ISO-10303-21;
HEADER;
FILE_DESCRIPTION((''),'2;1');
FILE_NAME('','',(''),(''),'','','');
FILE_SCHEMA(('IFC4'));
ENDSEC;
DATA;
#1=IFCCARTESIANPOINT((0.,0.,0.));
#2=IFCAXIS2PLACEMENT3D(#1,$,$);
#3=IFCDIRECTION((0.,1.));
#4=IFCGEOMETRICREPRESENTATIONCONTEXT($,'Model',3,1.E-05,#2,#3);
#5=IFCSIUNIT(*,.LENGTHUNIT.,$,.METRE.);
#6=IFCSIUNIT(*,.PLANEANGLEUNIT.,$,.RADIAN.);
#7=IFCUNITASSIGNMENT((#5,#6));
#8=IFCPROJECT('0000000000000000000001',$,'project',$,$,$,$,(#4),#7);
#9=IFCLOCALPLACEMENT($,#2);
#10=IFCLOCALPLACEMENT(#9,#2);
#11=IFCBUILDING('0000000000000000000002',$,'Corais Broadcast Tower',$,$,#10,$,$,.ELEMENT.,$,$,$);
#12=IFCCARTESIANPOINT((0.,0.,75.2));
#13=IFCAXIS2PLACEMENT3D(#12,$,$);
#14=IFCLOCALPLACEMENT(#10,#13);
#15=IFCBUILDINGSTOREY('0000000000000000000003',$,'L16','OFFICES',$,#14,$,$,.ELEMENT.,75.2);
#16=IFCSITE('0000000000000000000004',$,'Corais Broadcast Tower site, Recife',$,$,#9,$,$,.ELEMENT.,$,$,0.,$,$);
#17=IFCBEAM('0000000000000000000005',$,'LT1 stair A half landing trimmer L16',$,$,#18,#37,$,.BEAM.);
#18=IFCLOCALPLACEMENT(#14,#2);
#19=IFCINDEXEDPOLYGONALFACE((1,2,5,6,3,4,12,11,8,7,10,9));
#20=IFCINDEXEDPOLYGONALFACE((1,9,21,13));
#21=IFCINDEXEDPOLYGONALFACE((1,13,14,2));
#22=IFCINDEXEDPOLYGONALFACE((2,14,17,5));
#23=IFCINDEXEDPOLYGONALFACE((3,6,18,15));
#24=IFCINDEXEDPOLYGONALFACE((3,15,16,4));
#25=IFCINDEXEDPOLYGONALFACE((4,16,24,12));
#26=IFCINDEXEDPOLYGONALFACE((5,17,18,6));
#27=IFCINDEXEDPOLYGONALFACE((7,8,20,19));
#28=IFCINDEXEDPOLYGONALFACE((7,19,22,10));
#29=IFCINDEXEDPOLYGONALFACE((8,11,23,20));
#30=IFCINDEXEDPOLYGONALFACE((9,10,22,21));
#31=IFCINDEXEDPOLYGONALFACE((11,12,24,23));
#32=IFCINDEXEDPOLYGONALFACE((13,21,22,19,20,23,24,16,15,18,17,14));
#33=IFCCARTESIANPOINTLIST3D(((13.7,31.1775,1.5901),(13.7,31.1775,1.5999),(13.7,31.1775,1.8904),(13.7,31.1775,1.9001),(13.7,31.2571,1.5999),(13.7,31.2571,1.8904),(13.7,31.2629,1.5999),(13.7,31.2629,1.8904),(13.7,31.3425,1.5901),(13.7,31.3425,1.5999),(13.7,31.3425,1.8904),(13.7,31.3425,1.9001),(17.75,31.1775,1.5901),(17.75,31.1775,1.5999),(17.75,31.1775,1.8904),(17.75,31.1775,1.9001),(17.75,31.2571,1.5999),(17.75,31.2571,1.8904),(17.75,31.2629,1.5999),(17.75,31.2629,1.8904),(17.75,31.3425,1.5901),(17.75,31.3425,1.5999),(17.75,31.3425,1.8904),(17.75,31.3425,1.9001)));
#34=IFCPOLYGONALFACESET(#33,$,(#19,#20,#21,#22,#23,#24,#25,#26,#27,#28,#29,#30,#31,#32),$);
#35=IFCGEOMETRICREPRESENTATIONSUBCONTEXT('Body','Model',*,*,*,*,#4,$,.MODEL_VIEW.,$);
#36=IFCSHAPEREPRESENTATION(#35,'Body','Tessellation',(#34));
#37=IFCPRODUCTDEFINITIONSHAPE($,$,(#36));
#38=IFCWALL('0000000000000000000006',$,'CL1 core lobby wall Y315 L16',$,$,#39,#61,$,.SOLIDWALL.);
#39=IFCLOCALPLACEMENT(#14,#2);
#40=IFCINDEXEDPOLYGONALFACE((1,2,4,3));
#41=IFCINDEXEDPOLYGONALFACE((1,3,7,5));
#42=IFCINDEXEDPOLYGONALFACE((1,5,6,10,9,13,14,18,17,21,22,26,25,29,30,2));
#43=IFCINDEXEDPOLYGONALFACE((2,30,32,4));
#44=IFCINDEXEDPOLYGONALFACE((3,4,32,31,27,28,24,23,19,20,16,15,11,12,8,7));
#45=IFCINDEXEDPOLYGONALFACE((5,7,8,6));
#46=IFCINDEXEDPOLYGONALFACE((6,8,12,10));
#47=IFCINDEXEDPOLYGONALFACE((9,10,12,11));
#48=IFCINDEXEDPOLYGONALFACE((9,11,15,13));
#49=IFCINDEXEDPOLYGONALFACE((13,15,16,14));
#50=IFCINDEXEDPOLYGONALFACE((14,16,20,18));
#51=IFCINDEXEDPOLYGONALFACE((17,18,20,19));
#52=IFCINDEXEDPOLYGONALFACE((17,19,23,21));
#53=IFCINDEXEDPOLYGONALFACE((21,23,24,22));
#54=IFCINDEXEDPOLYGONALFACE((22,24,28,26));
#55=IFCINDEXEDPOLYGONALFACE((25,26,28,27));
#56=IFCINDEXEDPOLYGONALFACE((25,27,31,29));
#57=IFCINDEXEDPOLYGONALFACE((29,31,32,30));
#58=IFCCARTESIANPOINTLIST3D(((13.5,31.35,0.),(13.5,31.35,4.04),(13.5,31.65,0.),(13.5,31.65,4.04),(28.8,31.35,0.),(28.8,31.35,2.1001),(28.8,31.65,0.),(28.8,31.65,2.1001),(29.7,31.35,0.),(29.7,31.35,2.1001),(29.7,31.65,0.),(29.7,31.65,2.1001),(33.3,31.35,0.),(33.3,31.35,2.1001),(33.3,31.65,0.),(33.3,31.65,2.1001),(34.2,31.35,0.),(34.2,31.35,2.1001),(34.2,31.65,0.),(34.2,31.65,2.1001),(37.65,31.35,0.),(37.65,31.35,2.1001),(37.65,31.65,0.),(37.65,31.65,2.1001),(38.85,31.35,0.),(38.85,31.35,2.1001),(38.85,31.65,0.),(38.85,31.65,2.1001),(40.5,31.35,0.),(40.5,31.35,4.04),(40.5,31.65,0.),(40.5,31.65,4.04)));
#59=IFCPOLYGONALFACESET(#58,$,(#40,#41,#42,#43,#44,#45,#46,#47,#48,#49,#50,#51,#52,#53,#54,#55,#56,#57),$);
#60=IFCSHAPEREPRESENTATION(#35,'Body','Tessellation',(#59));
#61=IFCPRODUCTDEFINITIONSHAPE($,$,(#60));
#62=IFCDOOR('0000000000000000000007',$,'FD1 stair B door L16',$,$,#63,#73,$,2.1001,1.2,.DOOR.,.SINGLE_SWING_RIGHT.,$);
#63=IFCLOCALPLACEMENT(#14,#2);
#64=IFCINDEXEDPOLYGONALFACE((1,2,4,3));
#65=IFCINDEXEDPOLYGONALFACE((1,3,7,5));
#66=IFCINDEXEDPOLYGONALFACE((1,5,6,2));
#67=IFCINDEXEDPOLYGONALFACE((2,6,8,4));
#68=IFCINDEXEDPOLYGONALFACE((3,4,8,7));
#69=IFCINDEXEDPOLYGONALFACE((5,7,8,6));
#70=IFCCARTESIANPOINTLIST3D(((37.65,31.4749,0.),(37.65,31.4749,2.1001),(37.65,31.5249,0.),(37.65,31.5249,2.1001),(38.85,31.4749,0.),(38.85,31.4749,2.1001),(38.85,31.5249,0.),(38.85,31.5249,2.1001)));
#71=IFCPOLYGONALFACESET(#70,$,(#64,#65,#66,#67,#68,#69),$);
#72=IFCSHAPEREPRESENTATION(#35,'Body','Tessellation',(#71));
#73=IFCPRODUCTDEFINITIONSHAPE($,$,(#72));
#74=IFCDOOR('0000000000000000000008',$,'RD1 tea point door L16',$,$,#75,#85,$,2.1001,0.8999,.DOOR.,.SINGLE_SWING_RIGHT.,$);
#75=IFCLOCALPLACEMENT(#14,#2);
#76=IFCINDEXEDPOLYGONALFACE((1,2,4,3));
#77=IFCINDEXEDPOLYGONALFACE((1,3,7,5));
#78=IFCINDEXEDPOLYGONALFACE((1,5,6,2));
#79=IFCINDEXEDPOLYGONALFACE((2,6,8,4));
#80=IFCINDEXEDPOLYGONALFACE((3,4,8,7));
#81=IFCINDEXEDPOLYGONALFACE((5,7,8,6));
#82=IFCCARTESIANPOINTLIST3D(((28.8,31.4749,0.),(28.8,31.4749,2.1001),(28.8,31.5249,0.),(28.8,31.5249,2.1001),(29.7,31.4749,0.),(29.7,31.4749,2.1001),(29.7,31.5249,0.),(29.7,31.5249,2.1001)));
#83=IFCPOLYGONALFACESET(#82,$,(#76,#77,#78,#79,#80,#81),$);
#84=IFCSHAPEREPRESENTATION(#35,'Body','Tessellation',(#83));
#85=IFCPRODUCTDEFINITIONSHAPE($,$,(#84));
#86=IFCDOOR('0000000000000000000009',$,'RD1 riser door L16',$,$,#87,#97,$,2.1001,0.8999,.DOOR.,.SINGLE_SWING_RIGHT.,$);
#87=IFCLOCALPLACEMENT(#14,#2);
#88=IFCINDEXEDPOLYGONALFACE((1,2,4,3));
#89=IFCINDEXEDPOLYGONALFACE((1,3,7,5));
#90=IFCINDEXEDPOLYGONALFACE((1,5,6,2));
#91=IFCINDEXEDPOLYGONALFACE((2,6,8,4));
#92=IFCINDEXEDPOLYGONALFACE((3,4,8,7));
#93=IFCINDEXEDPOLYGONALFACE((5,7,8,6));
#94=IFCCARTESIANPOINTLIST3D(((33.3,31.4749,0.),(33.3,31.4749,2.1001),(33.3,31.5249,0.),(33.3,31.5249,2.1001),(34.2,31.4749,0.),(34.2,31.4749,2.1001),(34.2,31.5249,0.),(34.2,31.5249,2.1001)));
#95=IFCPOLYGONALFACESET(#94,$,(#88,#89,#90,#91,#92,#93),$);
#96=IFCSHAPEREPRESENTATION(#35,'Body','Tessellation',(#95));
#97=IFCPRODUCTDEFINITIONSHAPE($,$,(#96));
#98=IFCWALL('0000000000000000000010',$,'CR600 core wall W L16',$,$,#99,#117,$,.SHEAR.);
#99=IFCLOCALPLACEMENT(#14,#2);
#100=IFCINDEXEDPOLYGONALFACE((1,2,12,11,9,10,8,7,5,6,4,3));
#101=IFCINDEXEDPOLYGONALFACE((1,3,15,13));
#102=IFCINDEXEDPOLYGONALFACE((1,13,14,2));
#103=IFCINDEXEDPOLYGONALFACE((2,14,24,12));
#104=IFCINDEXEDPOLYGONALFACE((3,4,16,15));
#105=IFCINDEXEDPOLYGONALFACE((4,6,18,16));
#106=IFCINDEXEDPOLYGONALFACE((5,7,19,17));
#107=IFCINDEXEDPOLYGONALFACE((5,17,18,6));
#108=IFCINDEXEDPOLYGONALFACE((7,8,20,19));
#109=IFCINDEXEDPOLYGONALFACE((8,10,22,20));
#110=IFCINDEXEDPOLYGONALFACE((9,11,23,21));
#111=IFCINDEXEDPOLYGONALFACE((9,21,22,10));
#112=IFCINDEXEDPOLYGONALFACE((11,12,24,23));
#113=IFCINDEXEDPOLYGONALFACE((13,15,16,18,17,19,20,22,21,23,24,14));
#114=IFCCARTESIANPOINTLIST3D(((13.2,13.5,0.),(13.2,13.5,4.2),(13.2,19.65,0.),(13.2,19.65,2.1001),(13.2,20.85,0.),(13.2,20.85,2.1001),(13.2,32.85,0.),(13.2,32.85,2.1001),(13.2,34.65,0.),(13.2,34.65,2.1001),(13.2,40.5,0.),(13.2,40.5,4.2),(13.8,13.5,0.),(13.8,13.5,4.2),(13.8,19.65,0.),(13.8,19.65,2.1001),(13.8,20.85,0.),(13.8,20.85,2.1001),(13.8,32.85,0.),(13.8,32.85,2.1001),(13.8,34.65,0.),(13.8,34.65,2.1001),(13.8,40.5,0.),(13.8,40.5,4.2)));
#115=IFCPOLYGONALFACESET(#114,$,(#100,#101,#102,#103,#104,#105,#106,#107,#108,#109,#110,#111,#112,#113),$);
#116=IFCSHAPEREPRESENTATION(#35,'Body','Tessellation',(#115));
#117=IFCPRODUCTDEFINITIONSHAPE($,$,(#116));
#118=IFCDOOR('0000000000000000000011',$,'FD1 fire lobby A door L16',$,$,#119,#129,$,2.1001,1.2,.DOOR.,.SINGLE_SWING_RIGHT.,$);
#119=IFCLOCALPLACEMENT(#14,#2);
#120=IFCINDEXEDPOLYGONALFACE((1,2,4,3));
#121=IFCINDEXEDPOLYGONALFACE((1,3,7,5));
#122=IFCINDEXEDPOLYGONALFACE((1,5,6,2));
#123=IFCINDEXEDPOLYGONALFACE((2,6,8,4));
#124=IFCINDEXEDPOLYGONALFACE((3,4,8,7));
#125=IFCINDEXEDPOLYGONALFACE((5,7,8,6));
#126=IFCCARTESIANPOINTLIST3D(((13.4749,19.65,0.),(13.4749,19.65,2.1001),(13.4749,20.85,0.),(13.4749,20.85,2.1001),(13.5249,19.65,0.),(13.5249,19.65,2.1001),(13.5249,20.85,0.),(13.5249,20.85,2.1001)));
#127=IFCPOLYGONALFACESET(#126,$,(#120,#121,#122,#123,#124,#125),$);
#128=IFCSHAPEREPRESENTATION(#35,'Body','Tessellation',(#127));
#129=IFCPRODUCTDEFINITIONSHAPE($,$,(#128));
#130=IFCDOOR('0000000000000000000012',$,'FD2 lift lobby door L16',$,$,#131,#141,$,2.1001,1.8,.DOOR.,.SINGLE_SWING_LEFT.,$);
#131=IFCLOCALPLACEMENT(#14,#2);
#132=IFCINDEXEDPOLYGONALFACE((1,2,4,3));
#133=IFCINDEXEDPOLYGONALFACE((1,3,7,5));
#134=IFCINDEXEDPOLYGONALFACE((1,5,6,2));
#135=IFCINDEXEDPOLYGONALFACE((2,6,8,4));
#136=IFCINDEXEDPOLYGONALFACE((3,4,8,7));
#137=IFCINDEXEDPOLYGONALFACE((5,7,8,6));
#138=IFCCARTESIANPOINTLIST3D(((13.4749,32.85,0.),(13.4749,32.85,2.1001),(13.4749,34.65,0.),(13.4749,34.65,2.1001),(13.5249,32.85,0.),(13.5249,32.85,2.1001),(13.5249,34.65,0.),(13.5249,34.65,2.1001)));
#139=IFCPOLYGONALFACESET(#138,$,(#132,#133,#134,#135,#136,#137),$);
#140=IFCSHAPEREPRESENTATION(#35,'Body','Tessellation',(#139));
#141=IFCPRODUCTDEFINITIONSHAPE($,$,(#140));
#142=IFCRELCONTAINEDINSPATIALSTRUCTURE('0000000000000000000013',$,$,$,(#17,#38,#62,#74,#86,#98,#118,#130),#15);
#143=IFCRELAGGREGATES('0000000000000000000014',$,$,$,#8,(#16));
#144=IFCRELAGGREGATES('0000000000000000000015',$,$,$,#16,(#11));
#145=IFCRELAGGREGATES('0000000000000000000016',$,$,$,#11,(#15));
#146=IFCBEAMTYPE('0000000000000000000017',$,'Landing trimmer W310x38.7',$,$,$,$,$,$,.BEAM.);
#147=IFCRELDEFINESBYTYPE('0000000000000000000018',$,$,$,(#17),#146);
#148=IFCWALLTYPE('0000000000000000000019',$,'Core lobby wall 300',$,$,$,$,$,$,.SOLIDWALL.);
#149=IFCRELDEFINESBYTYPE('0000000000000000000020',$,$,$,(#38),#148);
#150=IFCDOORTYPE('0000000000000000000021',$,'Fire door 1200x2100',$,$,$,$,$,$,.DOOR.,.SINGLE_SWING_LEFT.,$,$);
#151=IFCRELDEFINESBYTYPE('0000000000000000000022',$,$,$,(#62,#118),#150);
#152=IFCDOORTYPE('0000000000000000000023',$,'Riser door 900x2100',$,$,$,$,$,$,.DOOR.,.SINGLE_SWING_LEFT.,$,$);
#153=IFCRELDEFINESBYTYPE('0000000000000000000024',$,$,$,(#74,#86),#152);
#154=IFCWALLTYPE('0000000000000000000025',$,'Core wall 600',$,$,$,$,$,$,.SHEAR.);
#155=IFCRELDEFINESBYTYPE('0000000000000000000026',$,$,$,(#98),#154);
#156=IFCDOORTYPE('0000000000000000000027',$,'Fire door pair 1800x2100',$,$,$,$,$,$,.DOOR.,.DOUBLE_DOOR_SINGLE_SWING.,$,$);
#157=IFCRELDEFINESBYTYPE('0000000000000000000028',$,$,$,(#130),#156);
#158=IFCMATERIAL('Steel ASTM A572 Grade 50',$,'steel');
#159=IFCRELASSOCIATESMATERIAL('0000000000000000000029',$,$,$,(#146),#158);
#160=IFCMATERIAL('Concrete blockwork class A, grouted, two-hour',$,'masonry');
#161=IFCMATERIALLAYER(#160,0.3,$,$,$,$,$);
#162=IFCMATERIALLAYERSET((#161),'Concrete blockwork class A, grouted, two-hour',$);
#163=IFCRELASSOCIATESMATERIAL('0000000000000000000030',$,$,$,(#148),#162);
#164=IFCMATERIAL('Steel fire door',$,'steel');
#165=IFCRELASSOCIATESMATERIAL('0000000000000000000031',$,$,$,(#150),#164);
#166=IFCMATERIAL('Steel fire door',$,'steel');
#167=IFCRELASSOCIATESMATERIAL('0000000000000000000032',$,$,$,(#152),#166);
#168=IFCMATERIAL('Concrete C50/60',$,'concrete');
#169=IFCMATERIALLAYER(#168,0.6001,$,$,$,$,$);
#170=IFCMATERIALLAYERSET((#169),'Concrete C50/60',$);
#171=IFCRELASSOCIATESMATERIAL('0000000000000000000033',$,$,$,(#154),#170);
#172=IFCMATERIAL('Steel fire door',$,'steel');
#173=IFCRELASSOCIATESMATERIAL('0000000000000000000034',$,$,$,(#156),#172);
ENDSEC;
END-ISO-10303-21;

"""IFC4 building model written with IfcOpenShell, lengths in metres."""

from ifc_helpers import new_model, si_unit, direction, frame, frame_2d, origin, origin_2d, place, context, subcontext, project, spatial, rectangle, i_section, extrude, material, layer, layer_set, material_profile, profile_set, type_object, element, fill, save


model = new_model("IFC4")

# Units and contexts
model_context = context("Model", 3, precision=1e-05, world=origin(), true_north=direction((0.0, 1.0)))
body_context = subcontext(model_context, "Body", "Model", "MODEL_VIEW")
ifc_project = project(units=[si_unit("LENGTHUNIT", "METRE"), si_unit("PLANEANGLEUNIT", "RADIAN")], contexts=[model_context])

# Site, building, storey
site_placement = place(None, origin())
site = spatial("IfcSite", under=ifc_project, at=site_placement, Name="Corais Broadcast Tower site, Recife", CompositionType="ELEMENT", RefElevation=0.0)
building_placement = place(site_placement, origin())
building = spatial("IfcBuilding", under=site, at=building_placement, Name="Corais Broadcast Tower", CompositionType="ELEMENT")
storey_placement = place(building_placement, frame((0.0, 0.0, 75.2)))
storey = spatial("IfcBuildingStorey", under=building, at=storey_placement, Name="L16", Description="OFFICES", CompositionType="ELEMENT", Elevation=75.2)

# Beam
ifc_material_1 = material(Name="Steel ASTM A572 Grade 50", Category="steel")
ifc_material_profile = material_profile(ifc_material_1, i_section(OverallWidth=0.165, OverallDepth=0.3101, WebThickness=0.0059, FlangeThickness=0.0098, at=origin_2d()), Name="W310x38.7")
ifc_profile_set = profile_set([ifc_material_profile], Name="Steel ASTM A572 Grade 50")
beam_type = type_object("IfcBeamType", Name="Landing trimmer W310x38.7", PredefinedType="BEAM", material=ifc_profile_set)
beam_placement = place(storey_placement, frame((13.7, 31.26, 1.7451), z_axis=(1.0, 0.0, 0.0), x_axis=(0.0, 1.0, 0.0)))
element("IfcBeam", 1, at=beam_placement, inside=storey, type_object=beam_type, Name="LT1 stair A half landing trimmer L16", PredefinedType="BEAM", context=body_context, shape_type="SweptSolid", body=[
    extrude(i_section(OverallWidth=0.165, OverallDepth=0.3101, WebThickness=0.0059, FlangeThickness=0.0098, at=origin_2d()), origin(), (0.0, 0.0, 1.0), 4.05),
])

# Walls, openings, doors
ifc_material_2 = material(Name="Concrete blockwork class A, grouted, two-hour", Category="masonry")
ifc_layer_1 = layer(ifc_material_2, 0.3)
ifc_layer_set_1 = layer_set([ifc_layer_1], Name="Concrete blockwork class A, grouted, two-hour")
wall_type_1 = type_object("IfcWallType", Name="Core lobby wall 300", PredefinedType="SOLIDWALL", material=ifc_layer_set_1)
wall_1_placement = place(storey_placement, frame((13.5, 31.5, 0.0), z_axis=(0.0, 0.0, 1.0), x_axis=(1.0, 0.0, 0.0)))
wall_1 = element("IfcWall", 2, at=wall_1_placement, inside=storey, type_object=wall_type_1, Name="CL1 core lobby wall Y315 L16", PredefinedType="SOLIDWALL", context=body_context, shape_type="SweptSolid", body=[
    extrude(rectangle(XDim=27.0, YDim=0.3, at=frame_2d((13.5, 0.0))), origin(), (0.0, 0.0, 1.0), 4.04),
])
opening_1_placement = place(wall_1_placement, frame((24.1499, 0.0, 0.0)))
opening_1 = element("IfcOpeningElement", 3, at=opening_1_placement, cuts=wall_1, PredefinedType="OPENING", context=body_context, shape_type="SweptSolid", body=[
    extrude(rectangle(XDim=1.2, YDim=2.1001, at=frame_2d((0.6001, 1.05))), frame((0.0, 0.1599, 0.0), z_axis=(0.0, -1.0, 0.0), x_axis=(1.0, 0.0, 0.0)), (0.0, 0.0, 1.0), 0.3201),
])
opening_2_placement = place(wall_1_placement, frame((15.3, 0.0, 0.0)))
opening_2 = element("IfcOpeningElement", 4, at=opening_2_placement, cuts=wall_1, PredefinedType="OPENING", context=body_context, shape_type="SweptSolid", body=[
    extrude(rectangle(XDim=0.8999, YDim=2.1001, at=frame_2d((0.45, 1.05))), frame((0.0, 0.1599, 0.0), z_axis=(0.0, -1.0, 0.0), x_axis=(1.0, 0.0, 0.0)), (0.0, 0.0, 1.0), 0.3201),
])
opening_3_placement = place(wall_1_placement, frame((19.8, 0.0, 0.0)))
opening_3 = element("IfcOpeningElement", 5, at=opening_3_placement, cuts=wall_1, PredefinedType="OPENING", context=body_context, shape_type="SweptSolid", body=[
    extrude(rectangle(XDim=0.8999, YDim=2.1001, at=frame_2d((0.45, 1.05))), frame((0.0, 0.1599, 0.0), z_axis=(0.0, -1.0, 0.0), x_axis=(1.0, 0.0, 0.0)), (0.0, 0.0, 1.0), 0.3201),
])
ifc_material_3 = material(Name="Steel fire door", Category="steel")
door_type_1 = type_object("IfcDoorType", Name="Fire door 1200x2100", OperationType="SINGLE_SWING_LEFT", PredefinedType="DOOR", material=ifc_material_3)
door_1_placement = place(opening_1_placement, origin())
door_1 = element("IfcDoor", 6, at=door_1_placement, inside=storey, type_object=door_type_1, Name="FD1 stair B door L16", OperationType="SINGLE_SWING_RIGHT", OverallHeight=2.1001, OverallWidth=1.2, PredefinedType="DOOR", context=body_context, shape_type="SweptSolid", body=[
    extrude(rectangle(XDim=1.2, YDim=2.1001, at=frame_2d((0.6001, 1.05))), frame((0.0, 0.0249, 0.0), z_axis=(0.0, -1.0, 0.0), x_axis=(1.0, 0.0, 0.0)), (0.0, 0.0, 1.0), 0.05),
])
fill(opening_1, door_1)
ifc_material_4 = material(Name="Steel fire door", Category="steel")
door_type_2 = type_object("IfcDoorType", Name="Riser door 900x2100", OperationType="SINGLE_SWING_LEFT", PredefinedType="DOOR", material=ifc_material_4)
door_2_placement = place(opening_2_placement, origin())
door_2 = element("IfcDoor", 7, at=door_2_placement, inside=storey, type_object=door_type_2, Name="RD1 tea point door L16", OperationType="SINGLE_SWING_RIGHT", OverallHeight=2.1001, OverallWidth=0.8999, PredefinedType="DOOR", context=body_context, shape_type="SweptSolid", body=[
    extrude(rectangle(XDim=0.8999, YDim=2.1001, at=frame_2d((0.45, 1.05))), frame((0.0, 0.0249, 0.0), z_axis=(0.0, -1.0, 0.0), x_axis=(1.0, 0.0, 0.0)), (0.0, 0.0, 1.0), 0.05),
])
fill(opening_2, door_2)
door_3_placement = place(opening_3_placement, origin())
door_3 = element("IfcDoor", 8, at=door_3_placement, inside=storey, type_object=door_type_2, Name="RD1 riser door L16", OperationType="SINGLE_SWING_RIGHT", OverallHeight=2.1001, OverallWidth=0.8999, PredefinedType="DOOR", context=body_context, shape_type="SweptSolid", body=[
    extrude(rectangle(XDim=0.8999, YDim=2.1001, at=frame_2d((0.45, 1.05))), frame((0.0, 0.0249, 0.0), z_axis=(0.0, -1.0, 0.0), x_axis=(1.0, 0.0, 0.0)), (0.0, 0.0, 1.0), 0.05),
])
fill(opening_3, door_3)
ifc_material_5 = material(Name="Concrete C50/60", Category="concrete")
ifc_layer_2 = layer(ifc_material_5, 0.6001)
ifc_layer_set_2 = layer_set([ifc_layer_2], Name="Concrete C50/60")
wall_type_2 = type_object("IfcWallType", Name="Core wall 600", PredefinedType="SHEAR", material=ifc_layer_set_2)
wall_2_placement = place(storey_placement, frame((13.5, 40.5, 0.0), z_axis=(0.0, 0.0, 1.0), x_axis=(0.0, -1.0, 0.0)))
wall_2 = element("IfcWall", 9, at=wall_2_placement, inside=storey, type_object=wall_type_2, Name="CR600 core wall W L16", PredefinedType="SHEAR", context=body_context, shape_type="SweptSolid", body=[
    extrude(rectangle(XDim=27.0, YDim=0.6001, at=frame_2d((13.5, 0.0))), origin(), (0.0, 0.0, 1.0), 4.2),
])
opening_4_placement = place(wall_2_placement, frame((19.6499, 0.0, 0.0)))
opening_4 = element("IfcOpeningElement", 10, at=opening_4_placement, cuts=wall_2, PredefinedType="OPENING", context=body_context, shape_type="SweptSolid", body=[
    extrude(rectangle(XDim=1.2, YDim=2.1001, at=frame_2d((0.6001, 1.05))), frame((0.0, 0.3101, 0.0), z_axis=(0.0, -1.0, 0.0), x_axis=(1.0, 0.0, 0.0)), (0.0, 0.0, 1.0), 0.6201),
])
opening_5_placement = place(wall_2_placement, frame((5.8501, 0.0, 0.0)))
opening_5 = element("IfcOpeningElement", 11, at=opening_5_placement, cuts=wall_2, PredefinedType="OPENING", context=body_context, shape_type="SweptSolid", body=[
    extrude(rectangle(XDim=1.8, YDim=2.1001, at=frame_2d((0.8999, 1.05))), frame((0.0, 0.3101, 0.0), z_axis=(0.0, -1.0, 0.0), x_axis=(1.0, 0.0, 0.0)), (0.0, 0.0, 1.0), 0.6201),
])
door_4_placement = place(opening_4_placement, origin())
door_4 = element("IfcDoor", 12, at=door_4_placement, inside=storey, type_object=door_type_1, Name="FD1 fire lobby A door L16", OperationType="SINGLE_SWING_RIGHT", OverallHeight=2.1001, OverallWidth=1.2, PredefinedType="DOOR", context=body_context, shape_type="SweptSolid", body=[
    extrude(rectangle(XDim=1.2, YDim=2.1001, at=frame_2d((0.6001, 1.05))), frame((0.0, 0.0249, 0.0), z_axis=(0.0, -1.0, 0.0), x_axis=(1.0, 0.0, 0.0)), (0.0, 0.0, 1.0), 0.05),
])
fill(opening_4, door_4)
ifc_material_6 = material(Name="Steel fire door", Category="steel")
door_type_3 = type_object("IfcDoorType", Name="Fire door pair 1800x2100", OperationType="DOUBLE_DOOR_SINGLE_SWING", PredefinedType="DOOR", material=ifc_material_6)
door_5_placement = place(opening_5_placement, origin())
door_5 = element("IfcDoor", 13, at=door_5_placement, inside=storey, type_object=door_type_3, Name="FD2 lift lobby door L16", OperationType="SINGLE_SWING_LEFT", OverallHeight=2.1001, OverallWidth=1.8, PredefinedType="DOOR", context=body_context, shape_type="SweptSolid", body=[
    extrude(rectangle(XDim=1.8, YDim=2.1001, at=frame_2d((0.8999, 1.05))), frame((0.0, 0.0249, 0.0), z_axis=(0.0, -1.0, 0.0), x_axis=(1.0, 0.0, 0.0)), (0.0, 0.0, 1.0), 0.05),
])
fill(opening_5, door_5)

save(model, "model.ifc")
